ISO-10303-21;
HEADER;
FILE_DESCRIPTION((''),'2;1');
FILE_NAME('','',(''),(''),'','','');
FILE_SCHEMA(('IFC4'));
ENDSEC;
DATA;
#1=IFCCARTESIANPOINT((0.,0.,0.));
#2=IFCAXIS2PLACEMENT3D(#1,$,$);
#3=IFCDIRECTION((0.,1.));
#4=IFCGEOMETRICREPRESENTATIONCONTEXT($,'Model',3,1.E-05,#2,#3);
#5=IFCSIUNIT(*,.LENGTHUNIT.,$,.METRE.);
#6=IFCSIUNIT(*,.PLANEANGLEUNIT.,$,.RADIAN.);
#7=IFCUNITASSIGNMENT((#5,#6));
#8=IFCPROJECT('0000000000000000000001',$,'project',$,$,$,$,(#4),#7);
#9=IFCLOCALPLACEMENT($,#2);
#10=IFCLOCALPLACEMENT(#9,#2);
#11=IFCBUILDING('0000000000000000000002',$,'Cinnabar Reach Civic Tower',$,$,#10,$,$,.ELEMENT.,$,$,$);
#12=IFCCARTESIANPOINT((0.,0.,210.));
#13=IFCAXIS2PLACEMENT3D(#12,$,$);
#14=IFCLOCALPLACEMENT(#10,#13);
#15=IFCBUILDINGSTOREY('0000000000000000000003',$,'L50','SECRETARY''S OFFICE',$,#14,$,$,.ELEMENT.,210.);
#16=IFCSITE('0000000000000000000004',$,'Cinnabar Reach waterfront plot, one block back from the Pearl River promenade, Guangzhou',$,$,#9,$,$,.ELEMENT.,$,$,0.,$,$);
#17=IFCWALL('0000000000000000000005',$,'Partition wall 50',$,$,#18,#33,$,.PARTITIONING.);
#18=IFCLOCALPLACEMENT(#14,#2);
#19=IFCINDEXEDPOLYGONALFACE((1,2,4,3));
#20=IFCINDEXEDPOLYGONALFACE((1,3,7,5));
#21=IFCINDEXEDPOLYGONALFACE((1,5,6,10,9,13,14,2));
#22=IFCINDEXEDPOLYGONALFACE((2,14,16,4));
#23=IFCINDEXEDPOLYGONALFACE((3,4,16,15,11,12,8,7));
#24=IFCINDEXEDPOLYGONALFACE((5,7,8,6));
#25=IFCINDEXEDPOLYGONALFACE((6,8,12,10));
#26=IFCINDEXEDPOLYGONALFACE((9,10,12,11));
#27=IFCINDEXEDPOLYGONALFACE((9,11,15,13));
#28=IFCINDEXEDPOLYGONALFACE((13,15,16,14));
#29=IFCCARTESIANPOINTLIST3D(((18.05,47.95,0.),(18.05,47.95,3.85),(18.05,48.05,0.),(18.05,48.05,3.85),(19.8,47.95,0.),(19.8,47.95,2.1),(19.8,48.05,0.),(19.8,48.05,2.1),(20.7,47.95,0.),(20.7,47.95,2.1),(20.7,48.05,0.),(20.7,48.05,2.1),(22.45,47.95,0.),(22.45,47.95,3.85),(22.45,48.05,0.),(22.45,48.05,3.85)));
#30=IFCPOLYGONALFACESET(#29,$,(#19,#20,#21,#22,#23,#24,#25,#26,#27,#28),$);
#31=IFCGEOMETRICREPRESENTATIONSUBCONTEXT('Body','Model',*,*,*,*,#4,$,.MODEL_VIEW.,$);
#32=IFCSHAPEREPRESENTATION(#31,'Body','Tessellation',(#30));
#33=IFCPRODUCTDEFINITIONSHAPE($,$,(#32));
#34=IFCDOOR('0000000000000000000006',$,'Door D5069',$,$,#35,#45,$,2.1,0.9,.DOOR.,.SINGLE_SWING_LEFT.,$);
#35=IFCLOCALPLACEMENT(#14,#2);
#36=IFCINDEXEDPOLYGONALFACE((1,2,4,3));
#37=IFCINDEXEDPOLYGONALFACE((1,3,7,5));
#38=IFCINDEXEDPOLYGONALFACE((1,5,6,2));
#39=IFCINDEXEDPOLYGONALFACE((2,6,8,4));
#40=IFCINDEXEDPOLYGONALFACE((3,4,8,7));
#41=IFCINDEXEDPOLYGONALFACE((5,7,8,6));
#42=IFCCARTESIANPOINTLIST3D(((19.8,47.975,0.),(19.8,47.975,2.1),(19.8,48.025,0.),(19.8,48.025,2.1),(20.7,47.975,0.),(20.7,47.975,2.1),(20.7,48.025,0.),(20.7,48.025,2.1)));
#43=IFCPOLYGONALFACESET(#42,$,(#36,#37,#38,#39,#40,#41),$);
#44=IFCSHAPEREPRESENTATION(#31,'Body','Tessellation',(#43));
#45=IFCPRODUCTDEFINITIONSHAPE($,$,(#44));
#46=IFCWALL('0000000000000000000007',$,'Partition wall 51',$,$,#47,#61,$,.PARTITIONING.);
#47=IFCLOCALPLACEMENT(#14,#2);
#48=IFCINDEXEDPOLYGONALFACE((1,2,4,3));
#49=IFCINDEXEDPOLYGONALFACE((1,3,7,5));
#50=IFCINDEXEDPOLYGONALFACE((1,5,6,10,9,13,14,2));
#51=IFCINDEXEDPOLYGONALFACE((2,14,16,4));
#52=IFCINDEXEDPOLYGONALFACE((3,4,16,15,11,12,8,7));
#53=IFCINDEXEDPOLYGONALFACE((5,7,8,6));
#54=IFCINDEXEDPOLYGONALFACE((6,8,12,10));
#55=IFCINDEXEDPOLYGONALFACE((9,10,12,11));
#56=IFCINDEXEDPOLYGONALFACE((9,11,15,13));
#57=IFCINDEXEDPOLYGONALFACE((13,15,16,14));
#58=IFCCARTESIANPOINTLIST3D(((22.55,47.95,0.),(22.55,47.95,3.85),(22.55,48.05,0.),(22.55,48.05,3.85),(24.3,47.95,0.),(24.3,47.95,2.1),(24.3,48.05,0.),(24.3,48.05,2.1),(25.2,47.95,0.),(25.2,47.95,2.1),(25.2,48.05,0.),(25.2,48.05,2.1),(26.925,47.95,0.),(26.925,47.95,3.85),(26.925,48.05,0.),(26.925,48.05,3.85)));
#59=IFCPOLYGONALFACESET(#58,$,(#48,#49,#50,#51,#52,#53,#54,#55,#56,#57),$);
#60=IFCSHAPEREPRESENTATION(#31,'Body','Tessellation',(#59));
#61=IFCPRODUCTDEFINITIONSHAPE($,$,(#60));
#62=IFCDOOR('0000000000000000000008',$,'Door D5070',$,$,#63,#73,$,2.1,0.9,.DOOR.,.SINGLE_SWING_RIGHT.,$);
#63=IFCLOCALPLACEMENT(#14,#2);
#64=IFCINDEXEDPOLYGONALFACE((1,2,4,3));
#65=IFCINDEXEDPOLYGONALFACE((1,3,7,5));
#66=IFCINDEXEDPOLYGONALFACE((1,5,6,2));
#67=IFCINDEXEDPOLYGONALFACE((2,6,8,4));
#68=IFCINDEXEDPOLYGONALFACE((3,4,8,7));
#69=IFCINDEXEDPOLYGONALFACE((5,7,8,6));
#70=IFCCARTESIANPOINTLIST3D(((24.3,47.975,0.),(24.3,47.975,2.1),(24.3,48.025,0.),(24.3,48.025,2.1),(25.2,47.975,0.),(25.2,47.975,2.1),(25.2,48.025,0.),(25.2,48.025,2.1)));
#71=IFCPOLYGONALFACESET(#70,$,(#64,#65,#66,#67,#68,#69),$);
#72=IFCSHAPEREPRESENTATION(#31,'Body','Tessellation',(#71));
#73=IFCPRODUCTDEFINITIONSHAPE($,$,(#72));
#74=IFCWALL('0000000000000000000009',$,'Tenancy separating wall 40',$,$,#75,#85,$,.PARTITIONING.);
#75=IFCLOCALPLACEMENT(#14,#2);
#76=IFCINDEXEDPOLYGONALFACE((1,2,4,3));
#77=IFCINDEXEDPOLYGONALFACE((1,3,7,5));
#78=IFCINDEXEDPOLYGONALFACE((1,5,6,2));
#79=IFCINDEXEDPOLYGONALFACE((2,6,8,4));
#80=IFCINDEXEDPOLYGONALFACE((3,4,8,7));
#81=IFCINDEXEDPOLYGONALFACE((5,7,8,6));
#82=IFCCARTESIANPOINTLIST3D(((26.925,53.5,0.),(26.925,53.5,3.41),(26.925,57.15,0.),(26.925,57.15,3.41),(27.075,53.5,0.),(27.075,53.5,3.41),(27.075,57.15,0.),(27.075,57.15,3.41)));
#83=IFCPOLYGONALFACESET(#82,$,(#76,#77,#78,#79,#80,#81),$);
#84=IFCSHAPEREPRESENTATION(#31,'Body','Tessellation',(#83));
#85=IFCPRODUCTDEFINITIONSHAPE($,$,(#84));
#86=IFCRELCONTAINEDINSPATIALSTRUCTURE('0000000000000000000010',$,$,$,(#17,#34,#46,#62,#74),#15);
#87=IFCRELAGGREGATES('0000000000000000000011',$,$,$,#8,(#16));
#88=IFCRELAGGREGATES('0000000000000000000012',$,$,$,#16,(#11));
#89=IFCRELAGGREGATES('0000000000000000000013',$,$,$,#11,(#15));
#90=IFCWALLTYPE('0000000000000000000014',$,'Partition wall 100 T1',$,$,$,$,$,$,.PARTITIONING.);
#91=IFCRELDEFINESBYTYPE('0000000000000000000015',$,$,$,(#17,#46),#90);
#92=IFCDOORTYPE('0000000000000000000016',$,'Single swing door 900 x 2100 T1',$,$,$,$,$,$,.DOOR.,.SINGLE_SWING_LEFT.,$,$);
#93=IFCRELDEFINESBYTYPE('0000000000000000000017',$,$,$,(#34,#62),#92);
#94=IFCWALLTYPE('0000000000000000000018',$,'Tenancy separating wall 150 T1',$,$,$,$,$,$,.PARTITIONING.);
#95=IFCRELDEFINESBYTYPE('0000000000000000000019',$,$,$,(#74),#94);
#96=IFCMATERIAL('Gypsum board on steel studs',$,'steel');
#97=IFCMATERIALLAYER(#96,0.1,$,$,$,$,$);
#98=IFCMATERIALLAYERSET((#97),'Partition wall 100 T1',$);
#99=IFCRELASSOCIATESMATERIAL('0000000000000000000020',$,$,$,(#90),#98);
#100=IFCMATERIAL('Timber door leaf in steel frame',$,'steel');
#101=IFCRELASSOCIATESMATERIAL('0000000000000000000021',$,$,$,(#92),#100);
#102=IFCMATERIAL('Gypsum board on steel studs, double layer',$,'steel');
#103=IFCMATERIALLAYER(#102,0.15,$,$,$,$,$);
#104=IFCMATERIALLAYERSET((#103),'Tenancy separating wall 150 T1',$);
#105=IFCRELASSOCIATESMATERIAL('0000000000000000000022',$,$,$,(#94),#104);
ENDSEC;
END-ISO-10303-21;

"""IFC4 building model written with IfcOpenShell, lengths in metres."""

from ifc_helpers import new_model, si_unit, direction, frame, frame_2d, origin, place, context, subcontext, project, spatial, rectangle, extrude, material, layer, layer_set, type_object, element, fill, save


model = new_model("IFC4")

# Units and contexts
model_context = context("Model", 3, precision=1e-05, world=origin(), true_north=direction((0.0, 1.0)))
body_context = subcontext(model_context, "Body", "Model", "MODEL_VIEW")
ifc_project = project(units=[si_unit("LENGTHUNIT", "METRE"), si_unit("PLANEANGLEUNIT", "RADIAN")], contexts=[model_context])

# Site, building, storey
site_placement = place(None, origin())
site = spatial("IfcSite", under=ifc_project, at=site_placement, Name="Cinnabar Reach waterfront plot, one block back from the Pearl River promenade, Guangzhou", CompositionType="ELEMENT", RefElevation=0.0)
building_placement = place(site_placement, origin())
building = spatial("IfcBuilding", under=site, at=building_placement, Name="Cinnabar Reach Civic Tower", CompositionType="ELEMENT")
storey_placement = place(building_placement, frame((0.0, 0.0, 210.0)))
storey = spatial("IfcBuildingStorey", under=building, at=storey_placement, Name="L50", Description="SECRETARY'S OFFICE", CompositionType="ELEMENT", Elevation=210.0)

# Shared definitions
ifc_material_1 = material(Name="Gypsum board on steel studs", Category="steel")
ifc_layer_1 = layer(ifc_material_1, 0.1)
ifc_layer_set_1 = layer_set([ifc_layer_1], Name="Partition wall 100 T1")
wall_type_1 = type_object("IfcWallType", Name="Partition wall 100 T1", PredefinedType="PARTITIONING", material=ifc_layer_set_1)

# Walls, openings, doors
wall_1_placement = place(storey_placement, frame((18.05, 48.0, 0.0), z_axis=(0.0, 0.0, 1.0), x_axis=(1.0, 0.0, 0.0)))
wall_1 = element("IfcWall", 1, at=wall_1_placement, inside=storey, type_object=wall_type_1, Name="Partition wall 50", PredefinedType="PARTITIONING", context=body_context, shape_type="SweptSolid", body=[
    extrude(rectangle(XDim=4.4, YDim=0.1, at=frame_2d((2.2, 0.0))), origin(), (0.0, 0.0, 1.0), 3.85),
])
opening_1_placement = place(wall_1_placement, frame((1.75, 0.0, 0.0)))
opening_1 = element("IfcOpeningElement", 2, at=opening_1_placement, cuts=wall_1, PredefinedType="OPENING", context=body_context, shape_type="SweptSolid", body=[
    extrude(rectangle(XDim=0.9, YDim=2.1, at=frame_2d((0.45, 1.05))), frame((0.0, 0.06, 0.0), z_axis=(0.0, -1.0, 0.0), x_axis=(1.0, 0.0, 0.0)), (0.0, 0.0, 1.0), 0.12),
])
ifc_material_2 = material(Name="Timber door leaf in steel frame", Category="steel")
door_type = type_object("IfcDoorType", Name="Single swing door 900 x 2100 T1", OperationType="SINGLE_SWING_LEFT", PredefinedType="DOOR", material=ifc_material_2)
door_1_placement = place(opening_1_placement, frame((0.9, 0.0, 0.0), z_axis=(0.0, 0.0, 1.0), x_axis=(-1.0, 0.0, 0.0)))
door_1 = element("IfcDoor", 3, at=door_1_placement, inside=storey, type_object=door_type, Name="Door D5069", OperationType="SINGLE_SWING_LEFT", OverallHeight=2.1, OverallWidth=0.9, PredefinedType="DOOR", context=body_context, shape_type="SweptSolid", body=[
    extrude(rectangle(XDim=0.9, YDim=2.1, at=frame_2d((0.45, 1.05))), frame((0.0, 0.025, 0.0), z_axis=(0.0, -1.0, 0.0), x_axis=(1.0, 0.0, 0.0)), (0.0, 0.0, 1.0), 0.05),
])
fill(opening_1, door_1)
wall_2_placement = place(storey_placement, frame((22.55, 48.0, 0.0), z_axis=(0.0, 0.0, 1.0), x_axis=(1.0, 0.0, 0.0)))
wall_2 = element("IfcWall", 4, at=wall_2_placement, inside=storey, type_object=wall_type_1, Name="Partition wall 51", PredefinedType="PARTITIONING", context=body_context, shape_type="SweptSolid", body=[
    extrude(rectangle(XDim=4.375, YDim=0.1, at=frame_2d((2.1875, 0.0))), origin(), (0.0, 0.0, 1.0), 3.85),
])
opening_2_placement = place(wall_2_placement, frame((1.75, 0.0, 0.0)))
opening_2 = element("IfcOpeningElement", 5, at=opening_2_placement, cuts=wall_2, PredefinedType="OPENING", context=body_context, shape_type="SweptSolid", body=[
    extrude(rectangle(XDim=0.9, YDim=2.1, at=frame_2d((0.45, 1.05))), frame((0.0, 0.06, 0.0), z_axis=(0.0, -1.0, 0.0), x_axis=(1.0, 0.0, 0.0)), (0.0, 0.0, 1.0), 0.12),
])
door_2_placement = place(opening_2_placement, frame((0.9, 0.0, 0.0), z_axis=(0.0, 0.0, 1.0), x_axis=(-1.0, 0.0, 0.0)))
door_2 = element("IfcDoor", 6, at=door_2_placement, inside=storey, type_object=door_type, Name="Door D5070", OperationType="SINGLE_SWING_RIGHT", OverallHeight=2.1, OverallWidth=0.9, PredefinedType="DOOR", context=body_context, shape_type="SweptSolid", body=[
    extrude(rectangle(XDim=0.9, YDim=2.1, at=frame_2d((0.45, 1.05))), frame((0.0, 0.025, 0.0), z_axis=(0.0, -1.0, 0.0), x_axis=(1.0, 0.0, 0.0)), (0.0, 0.0, 1.0), 0.05),
])
fill(opening_2, door_2)

# Wall
ifc_material_3 = material(Name="Gypsum board on steel studs, double layer", Category="steel")
ifc_layer_2 = layer(ifc_material_3, 0.15)
ifc_layer_set_2 = layer_set([ifc_layer_2], Name="Tenancy separating wall 150 T1")
wall_type_2 = type_object("IfcWallType", Name="Tenancy separating wall 150 T1", PredefinedType="PARTITIONING", material=ifc_layer_set_2)
wall_3_placement = place(storey_placement, frame((27.0, 53.5, 0.0), z_axis=(0.0, 0.0, 1.0), x_axis=(0.0, 1.0, 0.0)))
element("IfcWall", 7, at=wall_3_placement, inside=storey, type_object=wall_type_2, Name="Tenancy separating wall 40", PredefinedType="PARTITIONING", context=body_context, shape_type="SweptSolid", body=[
    extrude(rectangle(XDim=3.65, YDim=0.15, at=frame_2d((1.825, 0.0))), origin(), (0.0, 0.0, 1.0), 3.41),
])

save(model, "model.ifc")
